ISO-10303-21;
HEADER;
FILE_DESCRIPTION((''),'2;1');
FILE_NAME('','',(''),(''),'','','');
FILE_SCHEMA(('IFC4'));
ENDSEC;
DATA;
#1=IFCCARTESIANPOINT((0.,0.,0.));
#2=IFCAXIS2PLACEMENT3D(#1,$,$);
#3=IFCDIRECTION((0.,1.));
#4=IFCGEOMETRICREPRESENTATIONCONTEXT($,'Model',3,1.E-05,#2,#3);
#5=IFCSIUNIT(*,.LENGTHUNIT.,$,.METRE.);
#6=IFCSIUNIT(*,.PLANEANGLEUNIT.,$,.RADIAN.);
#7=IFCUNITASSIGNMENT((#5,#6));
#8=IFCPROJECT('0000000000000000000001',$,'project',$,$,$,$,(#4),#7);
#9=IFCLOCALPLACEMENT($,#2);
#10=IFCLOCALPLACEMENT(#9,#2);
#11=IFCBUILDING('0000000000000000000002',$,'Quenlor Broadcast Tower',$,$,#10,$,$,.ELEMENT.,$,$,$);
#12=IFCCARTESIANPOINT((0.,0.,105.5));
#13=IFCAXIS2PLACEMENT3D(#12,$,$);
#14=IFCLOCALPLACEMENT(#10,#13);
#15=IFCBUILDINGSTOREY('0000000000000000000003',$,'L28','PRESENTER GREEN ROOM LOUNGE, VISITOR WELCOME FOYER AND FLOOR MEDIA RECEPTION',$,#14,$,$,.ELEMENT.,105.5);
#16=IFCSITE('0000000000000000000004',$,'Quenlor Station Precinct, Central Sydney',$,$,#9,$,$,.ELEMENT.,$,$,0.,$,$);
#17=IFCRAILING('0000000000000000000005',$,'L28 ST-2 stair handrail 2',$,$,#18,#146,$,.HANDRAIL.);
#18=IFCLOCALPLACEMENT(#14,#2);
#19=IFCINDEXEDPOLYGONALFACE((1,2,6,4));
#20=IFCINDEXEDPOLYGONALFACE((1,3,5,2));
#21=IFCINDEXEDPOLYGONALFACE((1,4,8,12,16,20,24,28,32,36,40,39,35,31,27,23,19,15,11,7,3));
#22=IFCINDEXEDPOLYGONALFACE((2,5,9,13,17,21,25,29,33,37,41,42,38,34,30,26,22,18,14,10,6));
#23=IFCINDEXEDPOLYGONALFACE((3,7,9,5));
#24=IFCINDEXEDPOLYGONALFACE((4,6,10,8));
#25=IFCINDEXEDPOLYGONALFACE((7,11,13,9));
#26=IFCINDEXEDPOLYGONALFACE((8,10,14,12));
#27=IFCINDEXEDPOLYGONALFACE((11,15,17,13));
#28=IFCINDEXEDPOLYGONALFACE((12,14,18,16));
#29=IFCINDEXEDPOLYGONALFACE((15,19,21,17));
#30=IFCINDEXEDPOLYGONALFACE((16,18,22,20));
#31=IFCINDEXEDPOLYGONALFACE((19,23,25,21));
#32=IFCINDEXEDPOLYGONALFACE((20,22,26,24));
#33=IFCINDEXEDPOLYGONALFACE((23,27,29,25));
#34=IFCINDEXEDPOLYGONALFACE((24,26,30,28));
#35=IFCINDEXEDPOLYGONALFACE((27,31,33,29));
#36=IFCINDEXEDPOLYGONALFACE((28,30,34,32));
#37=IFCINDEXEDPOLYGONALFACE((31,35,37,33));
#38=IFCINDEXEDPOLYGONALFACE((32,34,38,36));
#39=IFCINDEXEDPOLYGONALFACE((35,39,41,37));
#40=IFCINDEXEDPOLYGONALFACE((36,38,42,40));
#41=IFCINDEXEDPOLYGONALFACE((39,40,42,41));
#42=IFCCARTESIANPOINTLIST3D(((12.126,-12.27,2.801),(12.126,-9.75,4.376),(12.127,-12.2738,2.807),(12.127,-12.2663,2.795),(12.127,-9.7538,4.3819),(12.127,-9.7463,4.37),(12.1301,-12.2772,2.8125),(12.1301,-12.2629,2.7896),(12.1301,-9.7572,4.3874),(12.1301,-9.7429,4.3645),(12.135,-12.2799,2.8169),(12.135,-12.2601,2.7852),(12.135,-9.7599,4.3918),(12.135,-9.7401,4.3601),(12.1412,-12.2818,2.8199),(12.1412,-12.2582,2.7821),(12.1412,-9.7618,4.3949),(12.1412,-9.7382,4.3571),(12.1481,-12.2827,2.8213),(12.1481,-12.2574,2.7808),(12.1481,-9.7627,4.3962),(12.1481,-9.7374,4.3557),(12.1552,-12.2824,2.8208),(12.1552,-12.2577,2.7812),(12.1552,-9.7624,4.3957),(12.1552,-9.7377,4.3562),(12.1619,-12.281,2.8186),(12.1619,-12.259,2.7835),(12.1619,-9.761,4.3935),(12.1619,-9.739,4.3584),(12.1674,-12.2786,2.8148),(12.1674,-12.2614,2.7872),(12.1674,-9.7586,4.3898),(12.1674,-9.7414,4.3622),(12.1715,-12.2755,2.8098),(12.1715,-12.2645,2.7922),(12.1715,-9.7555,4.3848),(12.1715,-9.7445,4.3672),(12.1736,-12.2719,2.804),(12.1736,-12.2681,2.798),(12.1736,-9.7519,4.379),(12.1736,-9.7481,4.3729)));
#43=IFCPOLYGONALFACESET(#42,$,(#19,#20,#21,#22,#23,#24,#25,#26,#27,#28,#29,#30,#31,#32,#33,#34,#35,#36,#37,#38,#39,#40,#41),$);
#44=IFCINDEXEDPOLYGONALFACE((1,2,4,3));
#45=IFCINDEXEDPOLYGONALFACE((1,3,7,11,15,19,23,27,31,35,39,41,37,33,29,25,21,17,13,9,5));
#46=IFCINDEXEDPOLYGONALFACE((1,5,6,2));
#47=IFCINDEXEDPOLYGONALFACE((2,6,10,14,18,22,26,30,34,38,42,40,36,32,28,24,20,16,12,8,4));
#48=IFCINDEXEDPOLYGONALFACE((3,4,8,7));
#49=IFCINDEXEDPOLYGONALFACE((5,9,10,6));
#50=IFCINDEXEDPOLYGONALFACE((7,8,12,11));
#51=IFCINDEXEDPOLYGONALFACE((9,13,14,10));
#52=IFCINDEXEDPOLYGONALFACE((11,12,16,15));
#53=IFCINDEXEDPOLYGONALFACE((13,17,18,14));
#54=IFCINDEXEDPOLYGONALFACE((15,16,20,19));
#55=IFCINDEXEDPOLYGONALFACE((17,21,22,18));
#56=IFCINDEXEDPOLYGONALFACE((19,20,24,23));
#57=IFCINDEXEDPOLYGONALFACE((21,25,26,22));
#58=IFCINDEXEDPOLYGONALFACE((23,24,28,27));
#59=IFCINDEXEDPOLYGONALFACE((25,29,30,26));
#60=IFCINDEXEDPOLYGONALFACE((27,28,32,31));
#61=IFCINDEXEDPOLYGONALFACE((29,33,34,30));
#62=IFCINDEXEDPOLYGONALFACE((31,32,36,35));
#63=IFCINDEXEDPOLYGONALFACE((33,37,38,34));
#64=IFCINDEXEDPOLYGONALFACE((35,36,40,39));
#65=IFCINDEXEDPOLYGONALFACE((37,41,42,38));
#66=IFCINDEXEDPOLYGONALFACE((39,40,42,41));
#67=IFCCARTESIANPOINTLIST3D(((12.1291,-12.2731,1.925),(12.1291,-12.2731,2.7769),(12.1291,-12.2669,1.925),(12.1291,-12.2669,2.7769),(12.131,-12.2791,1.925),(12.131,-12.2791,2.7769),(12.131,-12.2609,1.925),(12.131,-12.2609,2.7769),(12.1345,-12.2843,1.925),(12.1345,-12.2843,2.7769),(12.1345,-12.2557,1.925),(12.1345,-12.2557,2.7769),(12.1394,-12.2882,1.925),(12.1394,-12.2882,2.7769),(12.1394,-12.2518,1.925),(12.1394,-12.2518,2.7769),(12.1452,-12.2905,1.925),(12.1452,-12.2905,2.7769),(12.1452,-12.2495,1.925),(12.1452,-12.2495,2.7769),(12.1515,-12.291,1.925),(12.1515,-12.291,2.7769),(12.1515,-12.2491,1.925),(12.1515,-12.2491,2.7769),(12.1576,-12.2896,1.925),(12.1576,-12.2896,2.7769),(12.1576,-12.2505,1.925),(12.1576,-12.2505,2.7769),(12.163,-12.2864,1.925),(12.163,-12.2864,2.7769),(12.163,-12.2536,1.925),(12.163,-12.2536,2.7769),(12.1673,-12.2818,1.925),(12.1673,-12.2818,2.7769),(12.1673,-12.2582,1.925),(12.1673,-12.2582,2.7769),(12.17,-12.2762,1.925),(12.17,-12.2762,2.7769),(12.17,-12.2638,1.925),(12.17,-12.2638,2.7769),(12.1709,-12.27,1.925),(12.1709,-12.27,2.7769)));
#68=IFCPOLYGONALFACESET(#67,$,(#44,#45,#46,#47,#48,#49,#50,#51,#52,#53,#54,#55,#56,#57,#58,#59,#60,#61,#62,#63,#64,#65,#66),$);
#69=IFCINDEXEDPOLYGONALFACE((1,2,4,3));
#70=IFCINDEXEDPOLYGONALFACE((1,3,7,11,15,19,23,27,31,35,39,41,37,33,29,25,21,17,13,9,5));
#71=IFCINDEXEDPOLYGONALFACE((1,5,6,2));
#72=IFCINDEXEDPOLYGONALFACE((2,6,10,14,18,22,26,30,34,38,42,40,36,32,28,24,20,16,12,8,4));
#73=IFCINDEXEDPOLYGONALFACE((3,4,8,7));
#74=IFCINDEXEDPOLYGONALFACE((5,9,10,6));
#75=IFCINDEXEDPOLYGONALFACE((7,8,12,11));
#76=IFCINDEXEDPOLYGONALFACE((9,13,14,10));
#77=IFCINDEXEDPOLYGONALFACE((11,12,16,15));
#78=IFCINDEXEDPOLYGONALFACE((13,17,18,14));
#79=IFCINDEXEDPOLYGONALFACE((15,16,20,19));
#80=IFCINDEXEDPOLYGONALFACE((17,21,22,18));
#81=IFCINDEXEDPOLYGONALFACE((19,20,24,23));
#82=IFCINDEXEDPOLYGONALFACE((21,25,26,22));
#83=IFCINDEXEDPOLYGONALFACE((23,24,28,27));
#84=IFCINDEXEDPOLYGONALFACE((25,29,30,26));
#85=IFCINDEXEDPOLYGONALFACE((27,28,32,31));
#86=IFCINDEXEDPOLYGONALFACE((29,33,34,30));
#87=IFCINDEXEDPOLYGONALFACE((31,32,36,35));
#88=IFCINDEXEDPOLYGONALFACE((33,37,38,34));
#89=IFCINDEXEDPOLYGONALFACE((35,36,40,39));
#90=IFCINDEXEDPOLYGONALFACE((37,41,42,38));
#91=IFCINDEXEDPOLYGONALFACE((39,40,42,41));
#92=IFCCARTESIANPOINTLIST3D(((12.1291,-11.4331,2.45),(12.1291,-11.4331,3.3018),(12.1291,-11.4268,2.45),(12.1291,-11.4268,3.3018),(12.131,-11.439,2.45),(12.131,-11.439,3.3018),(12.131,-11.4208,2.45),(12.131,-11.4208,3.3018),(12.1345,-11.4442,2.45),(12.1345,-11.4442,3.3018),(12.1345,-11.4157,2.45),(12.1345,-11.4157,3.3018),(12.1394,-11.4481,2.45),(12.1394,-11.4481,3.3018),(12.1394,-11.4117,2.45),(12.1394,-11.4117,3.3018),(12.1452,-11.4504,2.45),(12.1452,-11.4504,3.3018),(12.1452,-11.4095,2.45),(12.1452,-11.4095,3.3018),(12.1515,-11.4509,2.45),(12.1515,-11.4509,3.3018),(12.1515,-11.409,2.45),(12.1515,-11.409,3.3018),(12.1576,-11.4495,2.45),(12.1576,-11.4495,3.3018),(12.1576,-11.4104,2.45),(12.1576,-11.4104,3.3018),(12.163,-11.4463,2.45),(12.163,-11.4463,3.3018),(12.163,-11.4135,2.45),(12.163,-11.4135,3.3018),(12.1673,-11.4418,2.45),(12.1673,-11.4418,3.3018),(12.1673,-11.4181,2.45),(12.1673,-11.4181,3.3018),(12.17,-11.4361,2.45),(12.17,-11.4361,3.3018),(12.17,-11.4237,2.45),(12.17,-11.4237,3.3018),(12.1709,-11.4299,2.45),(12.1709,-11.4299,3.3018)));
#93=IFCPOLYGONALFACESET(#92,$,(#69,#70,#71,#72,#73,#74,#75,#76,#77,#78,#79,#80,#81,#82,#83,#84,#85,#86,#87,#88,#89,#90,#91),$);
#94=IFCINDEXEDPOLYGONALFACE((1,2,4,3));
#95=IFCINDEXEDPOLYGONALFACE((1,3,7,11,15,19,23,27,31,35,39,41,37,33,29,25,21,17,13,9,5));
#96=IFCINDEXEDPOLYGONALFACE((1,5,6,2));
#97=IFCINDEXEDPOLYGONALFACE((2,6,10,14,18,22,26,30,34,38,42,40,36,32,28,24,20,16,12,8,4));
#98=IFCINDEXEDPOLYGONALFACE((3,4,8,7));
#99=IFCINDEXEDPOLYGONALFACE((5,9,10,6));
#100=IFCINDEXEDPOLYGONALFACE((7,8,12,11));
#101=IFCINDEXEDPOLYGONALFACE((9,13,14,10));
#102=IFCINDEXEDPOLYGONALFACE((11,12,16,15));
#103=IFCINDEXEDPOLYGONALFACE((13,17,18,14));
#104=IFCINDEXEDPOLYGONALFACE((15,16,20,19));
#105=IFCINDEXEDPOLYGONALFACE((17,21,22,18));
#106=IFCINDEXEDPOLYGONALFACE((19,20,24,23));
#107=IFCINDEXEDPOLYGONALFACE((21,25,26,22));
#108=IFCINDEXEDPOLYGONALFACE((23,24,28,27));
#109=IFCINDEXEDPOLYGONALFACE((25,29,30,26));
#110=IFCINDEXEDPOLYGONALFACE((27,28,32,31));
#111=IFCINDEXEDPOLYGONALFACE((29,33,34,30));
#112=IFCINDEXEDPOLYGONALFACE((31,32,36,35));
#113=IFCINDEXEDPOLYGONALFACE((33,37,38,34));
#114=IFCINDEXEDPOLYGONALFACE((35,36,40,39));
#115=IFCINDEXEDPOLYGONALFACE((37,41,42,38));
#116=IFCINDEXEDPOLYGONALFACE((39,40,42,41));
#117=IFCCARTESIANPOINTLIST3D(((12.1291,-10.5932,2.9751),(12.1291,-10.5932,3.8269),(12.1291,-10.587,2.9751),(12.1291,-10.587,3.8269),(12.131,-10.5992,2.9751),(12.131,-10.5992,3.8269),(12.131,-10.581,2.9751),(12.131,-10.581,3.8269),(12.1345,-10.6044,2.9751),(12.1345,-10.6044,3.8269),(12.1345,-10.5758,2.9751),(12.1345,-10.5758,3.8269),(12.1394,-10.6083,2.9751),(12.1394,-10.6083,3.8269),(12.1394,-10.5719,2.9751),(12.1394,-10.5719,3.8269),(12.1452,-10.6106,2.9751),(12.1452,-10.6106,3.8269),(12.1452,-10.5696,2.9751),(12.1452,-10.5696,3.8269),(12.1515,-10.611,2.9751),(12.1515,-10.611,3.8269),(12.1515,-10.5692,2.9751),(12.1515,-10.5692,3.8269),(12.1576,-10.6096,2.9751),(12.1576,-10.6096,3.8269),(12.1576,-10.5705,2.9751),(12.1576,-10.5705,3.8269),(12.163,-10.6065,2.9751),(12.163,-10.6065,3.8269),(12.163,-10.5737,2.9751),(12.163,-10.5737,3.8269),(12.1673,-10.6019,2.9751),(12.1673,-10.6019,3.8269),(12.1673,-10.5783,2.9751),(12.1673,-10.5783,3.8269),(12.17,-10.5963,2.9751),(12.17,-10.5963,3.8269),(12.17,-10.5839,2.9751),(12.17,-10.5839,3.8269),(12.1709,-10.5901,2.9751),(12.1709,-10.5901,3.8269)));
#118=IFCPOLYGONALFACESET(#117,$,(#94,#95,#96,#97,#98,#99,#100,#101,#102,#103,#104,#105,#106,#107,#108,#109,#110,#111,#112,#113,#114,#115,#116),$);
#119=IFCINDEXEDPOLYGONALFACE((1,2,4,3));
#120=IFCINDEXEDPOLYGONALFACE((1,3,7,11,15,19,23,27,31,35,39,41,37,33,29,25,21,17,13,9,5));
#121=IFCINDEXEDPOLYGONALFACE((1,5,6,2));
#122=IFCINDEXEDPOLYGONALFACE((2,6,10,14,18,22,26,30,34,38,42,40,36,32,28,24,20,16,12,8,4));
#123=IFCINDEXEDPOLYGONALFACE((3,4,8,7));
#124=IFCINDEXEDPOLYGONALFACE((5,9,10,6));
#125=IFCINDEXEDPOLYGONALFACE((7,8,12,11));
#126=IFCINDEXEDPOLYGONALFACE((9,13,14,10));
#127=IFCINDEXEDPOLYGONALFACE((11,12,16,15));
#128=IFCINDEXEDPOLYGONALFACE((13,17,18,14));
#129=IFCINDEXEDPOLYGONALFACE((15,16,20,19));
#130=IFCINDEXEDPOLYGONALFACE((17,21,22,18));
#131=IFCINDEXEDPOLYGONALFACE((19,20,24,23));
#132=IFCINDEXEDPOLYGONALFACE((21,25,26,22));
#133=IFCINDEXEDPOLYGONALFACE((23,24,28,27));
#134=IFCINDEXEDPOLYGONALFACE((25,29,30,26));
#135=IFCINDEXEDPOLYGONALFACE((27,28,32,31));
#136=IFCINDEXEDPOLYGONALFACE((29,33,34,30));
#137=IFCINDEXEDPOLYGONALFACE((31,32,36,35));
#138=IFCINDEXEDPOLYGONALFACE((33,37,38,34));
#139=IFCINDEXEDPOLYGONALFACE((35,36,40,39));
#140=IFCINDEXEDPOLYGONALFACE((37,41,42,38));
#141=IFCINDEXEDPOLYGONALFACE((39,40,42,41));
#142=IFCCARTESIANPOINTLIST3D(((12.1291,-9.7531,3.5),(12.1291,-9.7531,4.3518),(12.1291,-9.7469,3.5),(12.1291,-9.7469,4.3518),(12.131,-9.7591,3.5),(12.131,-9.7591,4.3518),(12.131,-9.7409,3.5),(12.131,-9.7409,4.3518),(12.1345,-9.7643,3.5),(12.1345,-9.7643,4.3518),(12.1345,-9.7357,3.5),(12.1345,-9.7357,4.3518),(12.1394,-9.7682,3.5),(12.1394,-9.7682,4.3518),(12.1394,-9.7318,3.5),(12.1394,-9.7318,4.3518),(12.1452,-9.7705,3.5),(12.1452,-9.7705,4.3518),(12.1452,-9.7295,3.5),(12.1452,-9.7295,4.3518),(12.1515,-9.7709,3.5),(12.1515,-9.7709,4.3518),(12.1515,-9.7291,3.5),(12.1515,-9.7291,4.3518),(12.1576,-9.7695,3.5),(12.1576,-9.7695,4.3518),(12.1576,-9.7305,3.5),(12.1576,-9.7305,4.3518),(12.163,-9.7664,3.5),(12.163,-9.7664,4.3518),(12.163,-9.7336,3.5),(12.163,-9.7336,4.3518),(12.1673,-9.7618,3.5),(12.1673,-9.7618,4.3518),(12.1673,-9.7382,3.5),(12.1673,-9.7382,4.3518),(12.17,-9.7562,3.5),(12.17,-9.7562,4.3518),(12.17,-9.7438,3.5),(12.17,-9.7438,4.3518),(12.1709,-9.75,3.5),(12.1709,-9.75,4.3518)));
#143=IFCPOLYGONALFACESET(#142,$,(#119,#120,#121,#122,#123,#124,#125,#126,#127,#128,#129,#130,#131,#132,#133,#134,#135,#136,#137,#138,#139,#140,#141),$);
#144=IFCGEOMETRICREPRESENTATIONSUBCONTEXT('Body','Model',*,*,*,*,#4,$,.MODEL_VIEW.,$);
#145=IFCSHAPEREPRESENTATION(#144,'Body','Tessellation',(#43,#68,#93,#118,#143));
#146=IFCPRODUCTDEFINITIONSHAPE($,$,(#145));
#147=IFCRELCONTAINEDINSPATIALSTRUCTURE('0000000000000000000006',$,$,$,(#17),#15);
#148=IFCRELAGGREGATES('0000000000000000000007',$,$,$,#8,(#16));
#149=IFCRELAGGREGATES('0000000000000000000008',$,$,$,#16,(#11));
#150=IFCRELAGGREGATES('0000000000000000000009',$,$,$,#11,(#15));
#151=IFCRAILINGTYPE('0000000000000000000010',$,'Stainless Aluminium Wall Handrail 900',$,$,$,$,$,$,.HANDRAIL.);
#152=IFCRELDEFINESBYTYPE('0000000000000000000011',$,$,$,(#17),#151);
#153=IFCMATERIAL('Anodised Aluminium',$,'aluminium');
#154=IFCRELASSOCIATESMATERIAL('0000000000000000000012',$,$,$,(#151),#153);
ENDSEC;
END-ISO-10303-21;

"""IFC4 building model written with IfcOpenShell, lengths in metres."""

from ifc_helpers import new_model, si_unit, direction, frame, origin, origin_2d, place, context, subcontext, project, spatial, circle, extrude, material, type_object, element, save


model = new_model("IFC4")

# Units and contexts
model_context = context("Model", 3, precision=1e-05, world=origin(), true_north=direction((0.0, 1.0)))
body_context = subcontext(model_context, "Body", "Model", "MODEL_VIEW")
ifc_project = project(units=[si_unit("LENGTHUNIT", "METRE"), si_unit("PLANEANGLEUNIT", "RADIAN")], contexts=[model_context])

# Site, building, storey
site_placement = place(None, origin())
site = spatial("IfcSite", under=ifc_project, at=site_placement, Name="Quenlor Station Precinct, Central Sydney", CompositionType="ELEMENT", RefElevation=0.0)
building_placement = place(site_placement, origin())
building = spatial("IfcBuilding", under=site, at=building_placement, Name="Quenlor Broadcast Tower", CompositionType="ELEMENT")
storey_placement = place(building_placement, frame((0.0, 0.0, 105.5)))
storey = spatial("IfcBuildingStorey", under=building, at=storey_placement, Name="L28", Description="PRESENTER GREEN ROOM LOUNGE, VISITOR WELCOME FOYER AND FLOOR MEDIA RECEPTION", CompositionType="ELEMENT", Elevation=105.5)

# Railing
ifc_material_1 = material(Name="Anodised Aluminium", Category="aluminium")
railing_type_1 = type_object("IfcRailingType", Name="Stainless Aluminium Wall Handrail 900", PredefinedType="HANDRAIL", material=ifc_material_1)
railing_1_placement = place(storey_placement, frame((12.1499, -12.27, 1.925)))
element("IfcRailing", 1, at=railing_1_placement, inside=storey, type_object=railing_type_1, Name="L28 ST-2 stair handrail 2", PredefinedType="HANDRAIL", context=body_context, shape_type="SweptSolid", body=[
    extrude(circle(Radius=0.0239, at=origin_2d()), frame((0.0, 0.0, 0.876), z_axis=(0.0, 0.848008, 0.529984), x_axis=(-1.0, 0.0, 0.0)), (0.0, 0.0, 1.0), 2.9717),
    extrude(circle(Radius=0.021, at=origin_2d()), origin(), (0.0, 0.0, 1.0), 0.8518),
    extrude(circle(Radius=0.021, at=origin_2d()), frame((0.0, 0.8401, 0.5249)), (0.0, 0.0, 1.0), 0.8518),
    extrude(circle(Radius=0.021, at=origin_2d()), frame((0.0, 1.6799, 1.05)), (0.0, 0.0, 1.0), 0.8518),
    extrude(circle(Radius=0.021, at=origin_2d()), frame((0.0, 2.52, 1.575)), (0.0, 0.0, 1.0), 0.8518),
])

save(model, "model.ifc")
